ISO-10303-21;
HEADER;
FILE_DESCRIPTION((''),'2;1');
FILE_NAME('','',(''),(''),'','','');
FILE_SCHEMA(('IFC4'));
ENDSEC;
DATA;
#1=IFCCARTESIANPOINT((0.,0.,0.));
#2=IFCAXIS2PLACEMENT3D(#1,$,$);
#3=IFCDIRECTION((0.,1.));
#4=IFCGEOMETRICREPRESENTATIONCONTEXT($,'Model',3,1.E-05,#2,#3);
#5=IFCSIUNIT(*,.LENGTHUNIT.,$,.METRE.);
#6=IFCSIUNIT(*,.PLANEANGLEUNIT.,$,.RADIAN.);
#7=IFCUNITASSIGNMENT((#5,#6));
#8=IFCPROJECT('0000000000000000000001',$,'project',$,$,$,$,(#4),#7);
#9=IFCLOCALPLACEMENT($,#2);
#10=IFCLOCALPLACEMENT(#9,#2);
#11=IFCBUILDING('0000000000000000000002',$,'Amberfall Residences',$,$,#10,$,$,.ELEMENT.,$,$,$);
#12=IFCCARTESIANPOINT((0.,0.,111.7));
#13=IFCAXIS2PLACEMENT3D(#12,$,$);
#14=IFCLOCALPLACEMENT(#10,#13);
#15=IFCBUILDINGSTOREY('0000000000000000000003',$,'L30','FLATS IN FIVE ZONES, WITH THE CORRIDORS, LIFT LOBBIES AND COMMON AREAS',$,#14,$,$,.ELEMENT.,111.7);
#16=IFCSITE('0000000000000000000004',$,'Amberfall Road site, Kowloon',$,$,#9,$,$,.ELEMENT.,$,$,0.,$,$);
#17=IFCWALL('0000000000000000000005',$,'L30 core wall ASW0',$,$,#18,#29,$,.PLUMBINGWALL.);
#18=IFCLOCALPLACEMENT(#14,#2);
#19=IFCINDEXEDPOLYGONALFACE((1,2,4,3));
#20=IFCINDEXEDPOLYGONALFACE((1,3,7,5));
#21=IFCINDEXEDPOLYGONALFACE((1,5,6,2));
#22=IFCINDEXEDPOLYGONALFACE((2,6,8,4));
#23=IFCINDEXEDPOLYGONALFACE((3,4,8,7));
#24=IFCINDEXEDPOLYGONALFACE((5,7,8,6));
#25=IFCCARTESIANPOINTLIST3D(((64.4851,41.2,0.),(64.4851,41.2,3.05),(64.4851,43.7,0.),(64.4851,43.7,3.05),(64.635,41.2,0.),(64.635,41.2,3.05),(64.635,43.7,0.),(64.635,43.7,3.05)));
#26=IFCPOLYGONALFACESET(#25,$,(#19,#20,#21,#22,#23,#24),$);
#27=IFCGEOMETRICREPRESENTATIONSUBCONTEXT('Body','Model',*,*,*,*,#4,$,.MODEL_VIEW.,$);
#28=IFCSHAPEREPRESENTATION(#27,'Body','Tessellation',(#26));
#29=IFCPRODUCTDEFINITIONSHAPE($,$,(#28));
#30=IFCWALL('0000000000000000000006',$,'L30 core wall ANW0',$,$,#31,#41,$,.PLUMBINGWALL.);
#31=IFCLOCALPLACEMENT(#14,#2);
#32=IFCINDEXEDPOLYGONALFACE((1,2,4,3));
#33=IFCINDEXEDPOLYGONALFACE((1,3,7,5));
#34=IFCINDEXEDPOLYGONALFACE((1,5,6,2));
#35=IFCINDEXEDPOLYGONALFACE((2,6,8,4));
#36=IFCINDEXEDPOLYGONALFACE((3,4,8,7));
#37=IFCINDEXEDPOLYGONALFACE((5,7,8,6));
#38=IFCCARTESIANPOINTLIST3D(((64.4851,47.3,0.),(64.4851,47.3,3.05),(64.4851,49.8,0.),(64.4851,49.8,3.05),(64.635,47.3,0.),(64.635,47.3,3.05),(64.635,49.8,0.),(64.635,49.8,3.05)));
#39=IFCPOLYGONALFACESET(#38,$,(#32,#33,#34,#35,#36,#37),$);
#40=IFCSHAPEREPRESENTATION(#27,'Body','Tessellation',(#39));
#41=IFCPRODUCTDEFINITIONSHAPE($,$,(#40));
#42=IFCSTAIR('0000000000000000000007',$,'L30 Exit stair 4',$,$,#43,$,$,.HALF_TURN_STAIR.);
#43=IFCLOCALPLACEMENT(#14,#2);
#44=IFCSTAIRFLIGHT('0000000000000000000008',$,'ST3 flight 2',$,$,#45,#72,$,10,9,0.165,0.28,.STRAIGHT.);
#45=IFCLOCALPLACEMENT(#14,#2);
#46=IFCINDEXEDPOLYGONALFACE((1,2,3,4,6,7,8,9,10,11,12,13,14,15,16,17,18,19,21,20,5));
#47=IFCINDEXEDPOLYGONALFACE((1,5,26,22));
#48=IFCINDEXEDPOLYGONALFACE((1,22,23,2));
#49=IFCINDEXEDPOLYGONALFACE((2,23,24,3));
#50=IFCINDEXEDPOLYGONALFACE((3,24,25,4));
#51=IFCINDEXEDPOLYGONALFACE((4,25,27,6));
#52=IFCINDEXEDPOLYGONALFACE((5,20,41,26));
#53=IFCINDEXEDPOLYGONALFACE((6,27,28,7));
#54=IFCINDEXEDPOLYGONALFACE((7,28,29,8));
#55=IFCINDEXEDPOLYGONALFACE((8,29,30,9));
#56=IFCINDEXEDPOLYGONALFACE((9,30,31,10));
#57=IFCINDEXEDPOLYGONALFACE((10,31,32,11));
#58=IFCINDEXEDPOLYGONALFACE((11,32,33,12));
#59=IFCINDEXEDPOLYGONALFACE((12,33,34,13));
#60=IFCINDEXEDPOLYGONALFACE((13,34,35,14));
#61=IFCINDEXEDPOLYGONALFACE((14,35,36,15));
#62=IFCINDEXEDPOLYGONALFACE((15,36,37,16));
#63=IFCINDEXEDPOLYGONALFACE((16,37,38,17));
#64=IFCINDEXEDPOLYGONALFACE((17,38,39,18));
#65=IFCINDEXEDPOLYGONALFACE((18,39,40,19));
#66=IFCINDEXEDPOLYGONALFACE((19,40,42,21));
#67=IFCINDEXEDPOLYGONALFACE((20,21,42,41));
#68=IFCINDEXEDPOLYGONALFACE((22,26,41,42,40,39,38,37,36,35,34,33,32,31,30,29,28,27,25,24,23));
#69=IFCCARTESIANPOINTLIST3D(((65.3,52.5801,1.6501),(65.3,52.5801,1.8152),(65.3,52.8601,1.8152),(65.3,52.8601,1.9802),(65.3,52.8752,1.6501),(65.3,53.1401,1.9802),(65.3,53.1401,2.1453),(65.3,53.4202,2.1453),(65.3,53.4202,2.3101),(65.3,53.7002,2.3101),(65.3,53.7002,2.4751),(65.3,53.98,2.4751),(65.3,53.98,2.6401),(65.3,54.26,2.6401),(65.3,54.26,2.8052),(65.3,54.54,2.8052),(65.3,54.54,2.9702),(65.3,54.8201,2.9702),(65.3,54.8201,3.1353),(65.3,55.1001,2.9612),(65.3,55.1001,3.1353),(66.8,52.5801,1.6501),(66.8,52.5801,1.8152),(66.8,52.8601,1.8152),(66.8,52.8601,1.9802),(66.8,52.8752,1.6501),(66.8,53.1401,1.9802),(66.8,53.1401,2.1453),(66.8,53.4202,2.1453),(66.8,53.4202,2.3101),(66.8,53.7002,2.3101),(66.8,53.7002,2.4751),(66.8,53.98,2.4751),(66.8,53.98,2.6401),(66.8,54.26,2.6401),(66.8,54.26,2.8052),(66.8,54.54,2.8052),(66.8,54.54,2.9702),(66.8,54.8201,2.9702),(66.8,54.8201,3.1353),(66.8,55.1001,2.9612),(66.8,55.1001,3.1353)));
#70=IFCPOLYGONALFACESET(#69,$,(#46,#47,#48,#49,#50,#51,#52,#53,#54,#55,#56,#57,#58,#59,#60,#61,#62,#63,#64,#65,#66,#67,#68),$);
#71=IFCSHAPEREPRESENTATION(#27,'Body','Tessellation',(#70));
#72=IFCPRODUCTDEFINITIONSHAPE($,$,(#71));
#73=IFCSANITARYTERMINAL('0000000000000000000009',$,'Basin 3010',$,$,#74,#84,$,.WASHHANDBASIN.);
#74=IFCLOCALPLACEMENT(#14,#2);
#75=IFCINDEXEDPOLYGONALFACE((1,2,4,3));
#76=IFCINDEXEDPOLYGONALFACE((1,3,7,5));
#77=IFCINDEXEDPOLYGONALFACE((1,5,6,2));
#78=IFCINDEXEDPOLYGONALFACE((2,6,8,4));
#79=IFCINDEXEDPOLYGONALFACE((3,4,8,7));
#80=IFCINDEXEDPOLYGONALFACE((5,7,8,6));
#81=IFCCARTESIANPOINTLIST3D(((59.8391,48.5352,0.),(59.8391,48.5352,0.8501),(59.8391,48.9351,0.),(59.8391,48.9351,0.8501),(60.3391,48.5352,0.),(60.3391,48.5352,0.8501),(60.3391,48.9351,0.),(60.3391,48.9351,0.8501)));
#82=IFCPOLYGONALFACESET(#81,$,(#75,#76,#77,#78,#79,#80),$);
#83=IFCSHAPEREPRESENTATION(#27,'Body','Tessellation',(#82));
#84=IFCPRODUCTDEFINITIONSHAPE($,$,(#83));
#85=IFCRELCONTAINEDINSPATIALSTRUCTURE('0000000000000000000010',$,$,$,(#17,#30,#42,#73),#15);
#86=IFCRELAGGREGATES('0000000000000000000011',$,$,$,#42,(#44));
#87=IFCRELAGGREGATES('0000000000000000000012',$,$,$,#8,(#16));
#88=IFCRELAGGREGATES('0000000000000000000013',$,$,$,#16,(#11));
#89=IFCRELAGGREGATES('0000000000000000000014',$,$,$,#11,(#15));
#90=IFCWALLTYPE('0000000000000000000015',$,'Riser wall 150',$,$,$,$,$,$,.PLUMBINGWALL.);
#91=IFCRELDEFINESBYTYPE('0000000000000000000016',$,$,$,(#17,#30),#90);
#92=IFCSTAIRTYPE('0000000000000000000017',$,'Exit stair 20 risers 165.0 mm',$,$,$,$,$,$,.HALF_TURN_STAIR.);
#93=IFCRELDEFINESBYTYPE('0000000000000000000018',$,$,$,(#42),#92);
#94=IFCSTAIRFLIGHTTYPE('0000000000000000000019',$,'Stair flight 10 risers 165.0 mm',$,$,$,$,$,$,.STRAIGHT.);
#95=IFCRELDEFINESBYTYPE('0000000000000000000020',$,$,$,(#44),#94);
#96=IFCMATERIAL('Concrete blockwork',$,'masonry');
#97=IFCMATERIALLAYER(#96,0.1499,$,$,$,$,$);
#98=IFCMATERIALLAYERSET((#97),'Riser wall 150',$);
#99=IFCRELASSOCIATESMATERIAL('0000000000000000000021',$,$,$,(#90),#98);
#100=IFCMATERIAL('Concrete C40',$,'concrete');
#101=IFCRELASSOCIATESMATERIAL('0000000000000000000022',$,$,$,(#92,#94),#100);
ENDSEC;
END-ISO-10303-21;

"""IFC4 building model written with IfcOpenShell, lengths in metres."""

from ifc_helpers import new_model, si_unit, direction, frame, frame_2d, origin, origin_2d, place, context, subcontext, project, spatial, polyline, rectangle, outline, extrude, material, layer, layer_set, type_object, element, aggregate, save


model = new_model("IFC4")

# Units and contexts
model_context = context("Model", 3, precision=1e-05, world=origin(), true_north=direction((0.0, 1.0)))
body_context = subcontext(model_context, "Body", "Model", "MODEL_VIEW")
ifc_project = project(units=[si_unit("LENGTHUNIT", "METRE"), si_unit("PLANEANGLEUNIT", "RADIAN")], contexts=[model_context])

# Site, building, storey
site_placement = place(None, origin())
site = spatial("IfcSite", under=ifc_project, at=site_placement, Name="Amberfall Road site, Kowloon", CompositionType="ELEMENT", RefElevation=0.0)
building_placement = place(site_placement, origin())
building = spatial("IfcBuilding", under=site, at=building_placement, Name="Amberfall Residences", CompositionType="ELEMENT")
storey_placement = place(building_placement, frame((0.0, 0.0, 111.7)))
storey = spatial("IfcBuildingStorey", under=building, at=storey_placement, Name="L30", Description="FLATS IN FIVE ZONES, WITH THE CORRIDORS, LIFT LOBBIES AND COMMON AREAS", CompositionType="ELEMENT", Elevation=111.7)

# Walls
ifc_material_1 = material(Name="Concrete blockwork", Category="masonry")
ifc_layer_1 = layer(ifc_material_1, 0.1499)
ifc_layer_set_1 = layer_set([ifc_layer_1], Name="Riser wall 150")
wall_type_1 = type_object("IfcWallType", Name="Riser wall 150", PredefinedType="PLUMBINGWALL", material=ifc_layer_set_1)
for number, where, z_axis, x_axis, name in (
    (1, (64.5601, 41.2, 0.0), (0.0, 0.0, 1.0), (0.0, 1.0, 0.0), "L30 core wall ASW0"),
    (2, (64.5601, 47.3, 0.0), (0.0, 0.0, 1.0), (0.0, 1.0, 0.0), "L30 core wall ANW0"),
):
    element("IfcWall", number, at=place(storey_placement, frame(where, z_axis=z_axis, x_axis=x_axis)), inside=storey, type_object=wall_type_1, Name=name, PredefinedType="PLUMBINGWALL", context=body_context, shape_type="SweptSolid", body=[
        extrude(rectangle(XDim=2.5, YDim=0.1499, at=frame_2d((1.25, 0.0))), origin(), (0.0, 0.0, 1.0), 3.05),
    ])

# Stair, stair flight
ifc_material_2 = material(Name="Concrete C40", Category="concrete")
stair_type = type_object("IfcStairType", Name="Exit stair 20 risers 165.0 mm", PredefinedType="HALF_TURN_STAIR", material=ifc_material_2)
stair_placement = place(storey_placement, origin())
stair = element("IfcStair", 3, at=stair_placement, inside=storey, type_object=stair_type, Name="L30 Exit stair 4", PredefinedType="HALF_TURN_STAIR")
stair_flight_type = type_object("IfcStairFlightType", Name="Stair flight 10 risers 165.0 mm", PredefinedType="STRAIGHT", material=ifc_material_2)
stair_flight_placement = place(storey_placement, frame((66.05, 52.5801, 1.6501), z_axis=(0.0, 0.0, 1.0), x_axis=(0.0, 1.0, 0.0)))
stair_flight = element("IfcStairFlight", 4, at=stair_flight_placement, type_object=stair_flight_type, Name="ST3 flight 2", NumberOfRisers=10, NumberOfTreads=9, PredefinedType="STRAIGHT", RiserHeight=0.165, TreadLength=0.28, context=body_context, shape_type="SweptSolid", body=[
    extrude(outline(polyline([(0.0, 0.0), (0.0, 0.165), (0.28, 0.165), (0.28, 0.3301), (0.5601, 0.3301), (0.5601, 0.4951), (0.8401, 0.4951), (0.8401, 0.6599), (1.1201, 0.6599), (1.1201, 0.825), (1.3999, 0.825), (1.3999, 0.99), (1.6799, 0.99), (1.6799, 1.155), (1.96, 1.155), (1.96, 1.3201), (2.24, 1.3201), (2.24, 1.4851), (2.52, 1.4851), (2.52, 1.6499), (2.52, 1.311), (0.2952, 0.0), (0.0, 0.0)])), frame((0.0, 0.75, 0.0), z_axis=(0.0, -1.0, 0.0), x_axis=(1.0, 0.0, 0.0)), (0.0, 0.0, 1.0), 1.5),
])
aggregate(stair, [stair_flight])

# Sanitary terminal
sanitary_terminal_placement = place(storey_placement, frame((60.0891, 48.7351, 0.0), z_axis=(0.0, 0.0, 1.0), x_axis=(1.0, 0.0, 0.0)))
element("IfcSanitaryTerminal", 5, at=sanitary_terminal_placement, inside=storey, Name="Basin 3010", PredefinedType="WASHHANDBASIN", context=body_context, shape_type="SweptSolid", body=[
    extrude(rectangle(XDim=0.5, YDim=0.3999, at=origin_2d()), origin(), (0.0, 0.0, 1.0), 0.8501),
])

save(model, "model.ifc")
